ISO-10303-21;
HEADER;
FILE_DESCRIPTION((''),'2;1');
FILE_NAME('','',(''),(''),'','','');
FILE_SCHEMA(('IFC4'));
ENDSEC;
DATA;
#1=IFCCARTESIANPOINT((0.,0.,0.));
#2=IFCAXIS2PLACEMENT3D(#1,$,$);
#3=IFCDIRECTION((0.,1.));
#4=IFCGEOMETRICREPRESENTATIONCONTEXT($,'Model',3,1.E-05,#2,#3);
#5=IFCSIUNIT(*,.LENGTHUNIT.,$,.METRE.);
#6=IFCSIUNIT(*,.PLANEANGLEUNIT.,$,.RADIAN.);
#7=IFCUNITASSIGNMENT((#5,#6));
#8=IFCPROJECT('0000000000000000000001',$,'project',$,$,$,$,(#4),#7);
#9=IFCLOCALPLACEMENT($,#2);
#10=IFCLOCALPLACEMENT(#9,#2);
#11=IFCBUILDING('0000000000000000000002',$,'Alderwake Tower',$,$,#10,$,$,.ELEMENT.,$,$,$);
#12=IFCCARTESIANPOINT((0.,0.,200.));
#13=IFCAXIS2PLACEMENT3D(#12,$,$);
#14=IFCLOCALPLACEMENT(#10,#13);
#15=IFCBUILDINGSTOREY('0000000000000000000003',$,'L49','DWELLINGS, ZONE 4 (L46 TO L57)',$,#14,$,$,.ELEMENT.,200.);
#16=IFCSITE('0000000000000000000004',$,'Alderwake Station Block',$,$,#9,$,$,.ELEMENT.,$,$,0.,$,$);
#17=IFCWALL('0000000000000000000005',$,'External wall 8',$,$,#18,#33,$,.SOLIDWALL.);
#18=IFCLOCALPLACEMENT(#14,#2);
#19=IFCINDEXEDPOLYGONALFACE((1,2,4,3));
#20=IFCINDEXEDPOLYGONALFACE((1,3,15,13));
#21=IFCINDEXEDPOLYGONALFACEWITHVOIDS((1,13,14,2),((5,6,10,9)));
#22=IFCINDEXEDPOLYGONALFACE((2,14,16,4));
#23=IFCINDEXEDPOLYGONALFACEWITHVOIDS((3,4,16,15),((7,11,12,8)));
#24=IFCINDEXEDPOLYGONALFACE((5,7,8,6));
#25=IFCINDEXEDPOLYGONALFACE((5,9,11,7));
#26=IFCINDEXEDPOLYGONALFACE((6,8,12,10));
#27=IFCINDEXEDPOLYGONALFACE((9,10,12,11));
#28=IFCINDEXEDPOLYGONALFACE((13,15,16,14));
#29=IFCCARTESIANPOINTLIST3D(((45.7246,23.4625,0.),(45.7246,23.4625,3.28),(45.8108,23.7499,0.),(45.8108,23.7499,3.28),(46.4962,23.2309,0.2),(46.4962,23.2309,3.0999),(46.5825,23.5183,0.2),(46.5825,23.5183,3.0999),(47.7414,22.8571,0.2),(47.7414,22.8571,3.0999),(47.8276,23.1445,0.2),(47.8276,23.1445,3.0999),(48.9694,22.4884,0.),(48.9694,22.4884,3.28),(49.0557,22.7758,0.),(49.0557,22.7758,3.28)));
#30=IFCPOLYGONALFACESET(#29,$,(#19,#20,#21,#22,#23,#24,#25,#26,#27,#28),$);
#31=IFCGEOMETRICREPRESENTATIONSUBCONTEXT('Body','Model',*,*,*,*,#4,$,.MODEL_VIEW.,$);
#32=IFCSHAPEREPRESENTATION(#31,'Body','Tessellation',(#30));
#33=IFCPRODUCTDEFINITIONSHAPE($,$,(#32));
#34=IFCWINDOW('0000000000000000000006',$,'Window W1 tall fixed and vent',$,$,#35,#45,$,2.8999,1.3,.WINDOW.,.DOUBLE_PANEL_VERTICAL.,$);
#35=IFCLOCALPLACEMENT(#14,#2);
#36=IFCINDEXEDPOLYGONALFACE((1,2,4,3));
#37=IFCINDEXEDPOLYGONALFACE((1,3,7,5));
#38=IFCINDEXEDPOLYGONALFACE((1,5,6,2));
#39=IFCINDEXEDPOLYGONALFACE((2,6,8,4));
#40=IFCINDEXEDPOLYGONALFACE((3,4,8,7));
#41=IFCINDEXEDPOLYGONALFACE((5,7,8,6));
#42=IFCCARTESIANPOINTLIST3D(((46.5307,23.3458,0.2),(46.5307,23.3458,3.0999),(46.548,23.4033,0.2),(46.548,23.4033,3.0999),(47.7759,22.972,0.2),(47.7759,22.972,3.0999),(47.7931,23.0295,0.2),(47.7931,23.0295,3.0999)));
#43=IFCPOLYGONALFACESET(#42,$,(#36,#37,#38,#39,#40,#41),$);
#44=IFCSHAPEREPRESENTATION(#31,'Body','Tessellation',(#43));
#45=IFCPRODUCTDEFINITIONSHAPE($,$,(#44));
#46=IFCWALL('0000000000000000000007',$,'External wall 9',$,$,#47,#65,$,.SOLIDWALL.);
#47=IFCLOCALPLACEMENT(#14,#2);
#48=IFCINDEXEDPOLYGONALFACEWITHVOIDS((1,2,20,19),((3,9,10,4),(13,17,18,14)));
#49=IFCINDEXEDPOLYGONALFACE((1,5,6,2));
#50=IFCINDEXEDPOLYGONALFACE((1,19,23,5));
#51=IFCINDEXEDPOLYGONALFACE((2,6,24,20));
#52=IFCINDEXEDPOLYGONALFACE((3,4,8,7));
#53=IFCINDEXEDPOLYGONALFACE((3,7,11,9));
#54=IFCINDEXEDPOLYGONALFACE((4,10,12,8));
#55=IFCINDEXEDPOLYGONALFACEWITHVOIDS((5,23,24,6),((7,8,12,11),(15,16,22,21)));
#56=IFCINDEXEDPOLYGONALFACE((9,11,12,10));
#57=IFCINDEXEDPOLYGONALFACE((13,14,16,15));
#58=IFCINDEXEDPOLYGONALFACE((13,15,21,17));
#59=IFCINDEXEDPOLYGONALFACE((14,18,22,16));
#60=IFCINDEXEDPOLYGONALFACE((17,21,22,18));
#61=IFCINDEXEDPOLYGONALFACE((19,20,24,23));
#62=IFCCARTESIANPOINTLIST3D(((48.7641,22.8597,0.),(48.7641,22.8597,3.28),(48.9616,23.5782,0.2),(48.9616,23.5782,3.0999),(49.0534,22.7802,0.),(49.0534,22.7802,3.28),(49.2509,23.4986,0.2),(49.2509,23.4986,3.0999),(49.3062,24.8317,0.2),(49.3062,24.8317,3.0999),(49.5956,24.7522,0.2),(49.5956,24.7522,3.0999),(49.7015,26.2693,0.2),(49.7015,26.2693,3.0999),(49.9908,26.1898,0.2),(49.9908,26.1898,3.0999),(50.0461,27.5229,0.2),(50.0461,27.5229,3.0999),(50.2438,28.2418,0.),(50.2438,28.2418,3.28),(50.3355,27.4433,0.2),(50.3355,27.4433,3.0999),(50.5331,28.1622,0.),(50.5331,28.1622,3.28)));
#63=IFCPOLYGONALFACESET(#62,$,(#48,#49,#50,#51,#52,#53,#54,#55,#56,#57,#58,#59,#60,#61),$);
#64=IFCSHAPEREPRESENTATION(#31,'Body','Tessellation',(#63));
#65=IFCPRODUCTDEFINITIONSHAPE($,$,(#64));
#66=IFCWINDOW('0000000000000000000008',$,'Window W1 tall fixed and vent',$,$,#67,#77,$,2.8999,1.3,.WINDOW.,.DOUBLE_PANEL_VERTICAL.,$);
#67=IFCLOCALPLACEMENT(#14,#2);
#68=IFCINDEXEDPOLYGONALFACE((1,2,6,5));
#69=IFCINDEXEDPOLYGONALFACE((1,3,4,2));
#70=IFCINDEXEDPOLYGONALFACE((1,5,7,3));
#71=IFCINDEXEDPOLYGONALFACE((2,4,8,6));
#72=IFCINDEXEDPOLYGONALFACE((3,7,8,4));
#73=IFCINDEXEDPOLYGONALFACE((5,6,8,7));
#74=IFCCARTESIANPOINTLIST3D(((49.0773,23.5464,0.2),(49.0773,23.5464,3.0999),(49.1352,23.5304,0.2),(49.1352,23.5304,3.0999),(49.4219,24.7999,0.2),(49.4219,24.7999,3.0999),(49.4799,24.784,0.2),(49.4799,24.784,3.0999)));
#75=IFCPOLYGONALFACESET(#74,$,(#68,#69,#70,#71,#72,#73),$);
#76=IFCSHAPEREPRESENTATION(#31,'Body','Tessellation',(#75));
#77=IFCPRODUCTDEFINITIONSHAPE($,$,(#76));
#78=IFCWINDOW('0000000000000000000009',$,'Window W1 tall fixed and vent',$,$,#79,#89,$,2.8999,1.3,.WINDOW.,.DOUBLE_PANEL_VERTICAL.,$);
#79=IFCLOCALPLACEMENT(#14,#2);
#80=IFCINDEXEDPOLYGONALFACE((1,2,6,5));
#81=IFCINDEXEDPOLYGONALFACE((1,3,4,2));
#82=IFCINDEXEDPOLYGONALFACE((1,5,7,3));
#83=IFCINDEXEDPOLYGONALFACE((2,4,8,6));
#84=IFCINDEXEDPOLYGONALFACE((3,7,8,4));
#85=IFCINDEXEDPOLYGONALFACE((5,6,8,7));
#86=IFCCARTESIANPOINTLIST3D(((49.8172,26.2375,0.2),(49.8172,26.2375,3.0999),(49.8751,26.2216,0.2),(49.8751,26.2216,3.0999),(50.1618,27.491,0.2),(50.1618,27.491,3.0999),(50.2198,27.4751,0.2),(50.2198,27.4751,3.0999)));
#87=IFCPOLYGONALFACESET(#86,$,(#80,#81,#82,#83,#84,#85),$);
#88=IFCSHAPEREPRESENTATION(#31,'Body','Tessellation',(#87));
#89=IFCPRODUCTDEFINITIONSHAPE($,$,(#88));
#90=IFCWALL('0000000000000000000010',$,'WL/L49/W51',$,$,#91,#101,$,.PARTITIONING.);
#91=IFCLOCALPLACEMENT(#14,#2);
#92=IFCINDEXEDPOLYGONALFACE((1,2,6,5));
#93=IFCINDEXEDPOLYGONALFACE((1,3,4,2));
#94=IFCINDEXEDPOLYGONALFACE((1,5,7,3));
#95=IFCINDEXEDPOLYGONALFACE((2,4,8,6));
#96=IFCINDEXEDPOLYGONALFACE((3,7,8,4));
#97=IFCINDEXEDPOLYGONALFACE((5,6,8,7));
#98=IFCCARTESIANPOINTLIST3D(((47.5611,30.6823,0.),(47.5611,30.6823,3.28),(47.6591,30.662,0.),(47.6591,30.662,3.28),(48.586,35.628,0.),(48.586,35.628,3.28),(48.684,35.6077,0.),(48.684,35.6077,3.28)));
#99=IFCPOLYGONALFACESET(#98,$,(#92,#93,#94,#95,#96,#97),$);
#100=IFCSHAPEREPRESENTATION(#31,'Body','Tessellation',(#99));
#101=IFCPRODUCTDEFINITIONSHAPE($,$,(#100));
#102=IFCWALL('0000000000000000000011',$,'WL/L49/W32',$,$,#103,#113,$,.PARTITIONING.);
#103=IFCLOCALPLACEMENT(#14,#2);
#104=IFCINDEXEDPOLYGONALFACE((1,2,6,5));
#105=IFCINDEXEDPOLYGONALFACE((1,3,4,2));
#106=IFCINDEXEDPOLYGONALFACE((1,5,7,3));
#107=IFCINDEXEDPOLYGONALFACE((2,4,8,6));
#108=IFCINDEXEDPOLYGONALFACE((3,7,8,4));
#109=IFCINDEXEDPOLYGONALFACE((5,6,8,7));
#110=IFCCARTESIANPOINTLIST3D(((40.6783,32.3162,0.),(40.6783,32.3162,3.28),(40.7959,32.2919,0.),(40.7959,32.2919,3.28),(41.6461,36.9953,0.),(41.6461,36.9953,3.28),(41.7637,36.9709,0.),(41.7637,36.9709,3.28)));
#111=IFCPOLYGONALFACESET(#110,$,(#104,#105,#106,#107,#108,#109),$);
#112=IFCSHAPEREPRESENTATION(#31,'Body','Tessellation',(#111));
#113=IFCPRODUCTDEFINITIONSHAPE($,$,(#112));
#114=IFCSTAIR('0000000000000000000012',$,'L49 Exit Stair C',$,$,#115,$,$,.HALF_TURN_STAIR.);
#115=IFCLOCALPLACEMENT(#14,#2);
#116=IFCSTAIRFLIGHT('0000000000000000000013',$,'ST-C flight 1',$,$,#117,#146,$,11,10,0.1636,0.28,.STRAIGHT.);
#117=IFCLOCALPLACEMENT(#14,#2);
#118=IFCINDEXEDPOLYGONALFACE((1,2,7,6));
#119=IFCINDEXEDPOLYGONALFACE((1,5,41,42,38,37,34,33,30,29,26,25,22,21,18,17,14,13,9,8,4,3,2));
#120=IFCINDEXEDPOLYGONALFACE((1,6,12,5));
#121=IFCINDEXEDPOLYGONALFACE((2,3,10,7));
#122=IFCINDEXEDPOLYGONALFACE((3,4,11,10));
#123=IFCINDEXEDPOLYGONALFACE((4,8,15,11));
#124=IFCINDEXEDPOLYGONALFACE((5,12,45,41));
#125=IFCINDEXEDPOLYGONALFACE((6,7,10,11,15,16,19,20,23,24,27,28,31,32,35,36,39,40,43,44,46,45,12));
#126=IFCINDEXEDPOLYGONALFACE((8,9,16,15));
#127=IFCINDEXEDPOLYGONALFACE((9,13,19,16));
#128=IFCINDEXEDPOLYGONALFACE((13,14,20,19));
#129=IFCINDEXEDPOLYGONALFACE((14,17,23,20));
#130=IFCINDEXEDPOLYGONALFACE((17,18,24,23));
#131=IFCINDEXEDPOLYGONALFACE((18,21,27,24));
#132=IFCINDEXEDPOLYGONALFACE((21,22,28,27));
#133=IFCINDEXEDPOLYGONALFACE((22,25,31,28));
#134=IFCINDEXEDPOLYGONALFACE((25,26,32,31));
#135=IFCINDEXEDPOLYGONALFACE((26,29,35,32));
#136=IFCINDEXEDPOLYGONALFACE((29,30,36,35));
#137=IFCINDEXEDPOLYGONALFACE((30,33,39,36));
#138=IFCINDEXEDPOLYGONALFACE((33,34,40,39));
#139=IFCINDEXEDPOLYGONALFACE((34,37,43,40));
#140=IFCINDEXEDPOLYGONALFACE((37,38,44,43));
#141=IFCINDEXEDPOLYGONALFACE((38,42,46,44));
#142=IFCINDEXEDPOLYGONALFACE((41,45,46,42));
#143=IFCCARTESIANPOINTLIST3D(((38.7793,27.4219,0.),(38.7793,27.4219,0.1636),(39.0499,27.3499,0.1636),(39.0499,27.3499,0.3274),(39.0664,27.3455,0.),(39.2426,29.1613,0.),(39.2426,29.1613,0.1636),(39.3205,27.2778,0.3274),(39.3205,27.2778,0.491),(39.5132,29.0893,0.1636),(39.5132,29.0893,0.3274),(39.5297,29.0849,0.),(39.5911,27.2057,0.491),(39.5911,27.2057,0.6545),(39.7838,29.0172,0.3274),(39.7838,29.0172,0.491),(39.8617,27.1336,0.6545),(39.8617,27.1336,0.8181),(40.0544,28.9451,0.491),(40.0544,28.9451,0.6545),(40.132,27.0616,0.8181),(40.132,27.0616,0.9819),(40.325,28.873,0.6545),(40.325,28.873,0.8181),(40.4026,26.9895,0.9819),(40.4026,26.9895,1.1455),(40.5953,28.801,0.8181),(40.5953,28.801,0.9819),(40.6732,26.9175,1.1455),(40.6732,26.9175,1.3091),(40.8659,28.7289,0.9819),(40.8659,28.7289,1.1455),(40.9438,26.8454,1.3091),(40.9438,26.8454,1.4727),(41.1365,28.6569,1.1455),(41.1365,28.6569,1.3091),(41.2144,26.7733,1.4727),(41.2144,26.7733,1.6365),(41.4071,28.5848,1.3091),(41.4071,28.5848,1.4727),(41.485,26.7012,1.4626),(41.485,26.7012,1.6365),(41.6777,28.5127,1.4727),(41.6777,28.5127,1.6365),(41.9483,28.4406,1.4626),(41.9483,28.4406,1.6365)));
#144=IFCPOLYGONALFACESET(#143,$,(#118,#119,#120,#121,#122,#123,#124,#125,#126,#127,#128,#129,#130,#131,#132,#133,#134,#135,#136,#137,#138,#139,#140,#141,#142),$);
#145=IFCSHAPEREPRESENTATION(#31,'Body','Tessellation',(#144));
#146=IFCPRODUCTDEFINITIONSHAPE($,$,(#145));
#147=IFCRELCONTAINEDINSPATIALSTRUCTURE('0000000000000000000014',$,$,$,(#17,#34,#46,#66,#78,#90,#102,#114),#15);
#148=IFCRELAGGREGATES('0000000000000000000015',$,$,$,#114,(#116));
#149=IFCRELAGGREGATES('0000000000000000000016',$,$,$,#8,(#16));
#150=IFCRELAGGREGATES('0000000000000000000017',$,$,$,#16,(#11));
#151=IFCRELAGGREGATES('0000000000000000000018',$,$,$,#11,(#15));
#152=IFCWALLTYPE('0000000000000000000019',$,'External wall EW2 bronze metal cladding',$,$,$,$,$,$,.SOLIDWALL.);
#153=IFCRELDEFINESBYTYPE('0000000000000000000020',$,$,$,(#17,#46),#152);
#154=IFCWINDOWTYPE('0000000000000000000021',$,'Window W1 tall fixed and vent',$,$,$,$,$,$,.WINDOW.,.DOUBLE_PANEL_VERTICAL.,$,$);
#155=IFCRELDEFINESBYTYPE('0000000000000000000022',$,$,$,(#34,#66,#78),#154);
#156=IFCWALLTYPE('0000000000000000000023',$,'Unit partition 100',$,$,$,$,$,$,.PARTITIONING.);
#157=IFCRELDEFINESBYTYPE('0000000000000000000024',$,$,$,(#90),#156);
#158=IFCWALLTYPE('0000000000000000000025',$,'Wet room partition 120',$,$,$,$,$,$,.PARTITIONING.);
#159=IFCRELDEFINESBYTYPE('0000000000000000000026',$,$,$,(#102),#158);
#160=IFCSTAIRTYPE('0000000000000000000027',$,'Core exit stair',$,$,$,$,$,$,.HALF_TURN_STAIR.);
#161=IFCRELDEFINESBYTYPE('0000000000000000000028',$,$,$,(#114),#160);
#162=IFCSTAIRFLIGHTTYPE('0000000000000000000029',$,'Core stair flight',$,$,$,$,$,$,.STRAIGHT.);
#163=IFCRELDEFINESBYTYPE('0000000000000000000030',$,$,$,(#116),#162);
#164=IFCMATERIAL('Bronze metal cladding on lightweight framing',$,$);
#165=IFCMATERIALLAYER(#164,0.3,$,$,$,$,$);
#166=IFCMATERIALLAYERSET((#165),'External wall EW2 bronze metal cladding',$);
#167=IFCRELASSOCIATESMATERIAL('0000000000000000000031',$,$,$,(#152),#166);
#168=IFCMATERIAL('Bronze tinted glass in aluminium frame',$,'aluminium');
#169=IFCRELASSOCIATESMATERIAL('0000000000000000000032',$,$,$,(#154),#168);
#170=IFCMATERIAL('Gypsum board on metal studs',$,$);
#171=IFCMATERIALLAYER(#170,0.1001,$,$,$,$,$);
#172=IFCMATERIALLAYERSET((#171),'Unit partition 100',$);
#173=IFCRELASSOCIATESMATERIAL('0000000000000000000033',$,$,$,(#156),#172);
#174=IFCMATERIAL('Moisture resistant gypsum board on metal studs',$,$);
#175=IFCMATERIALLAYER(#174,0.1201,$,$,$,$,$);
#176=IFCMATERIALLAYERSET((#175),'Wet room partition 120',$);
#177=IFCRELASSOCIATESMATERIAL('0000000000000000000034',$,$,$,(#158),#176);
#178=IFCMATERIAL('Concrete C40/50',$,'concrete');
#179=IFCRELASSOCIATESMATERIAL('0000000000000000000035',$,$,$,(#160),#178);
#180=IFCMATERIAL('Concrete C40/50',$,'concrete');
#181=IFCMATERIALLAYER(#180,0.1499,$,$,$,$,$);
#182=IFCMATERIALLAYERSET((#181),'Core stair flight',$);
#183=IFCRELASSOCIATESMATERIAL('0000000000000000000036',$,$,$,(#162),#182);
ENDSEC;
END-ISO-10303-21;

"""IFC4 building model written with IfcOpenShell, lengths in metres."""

from ifc_helpers import new_model, si_unit, direction, frame, frame_2d, origin, place, context, subcontext, project, spatial, polyline, rectangle, outline, extrude, material, layer, layer_set, type_object, element, fill, aggregate, save


model = new_model("IFC4")

# Units and contexts
model_context = context("Model", 3, precision=1e-05, world=origin(), true_north=direction((0.0, 1.0)))
body_context = subcontext(model_context, "Body", "Model", "MODEL_VIEW")
ifc_project = project(units=[si_unit("LENGTHUNIT", "METRE"), si_unit("PLANEANGLEUNIT", "RADIAN")], contexts=[model_context])

# Site, building, storey
site_placement = place(None, origin())
site = spatial("IfcSite", under=ifc_project, at=site_placement, Name="Alderwake Station Block", CompositionType="ELEMENT", RefElevation=0.0)
building_placement = place(site_placement, origin())
building = spatial("IfcBuilding", under=site, at=building_placement, Name="Alderwake Tower", CompositionType="ELEMENT")
storey_placement = place(building_placement, frame((0.0, 0.0, 200.0)))
storey = spatial("IfcBuildingStorey", under=building, at=storey_placement, Name="L49", Description="DWELLINGS, ZONE 4 (L46 TO L57)", CompositionType="ELEMENT", Elevation=200.0)

# Wall, opening, window
ifc_material_1 = material(Name="Bronze metal cladding on lightweight framing")
ifc_layer_1 = layer(ifc_material_1, 0.3)
ifc_layer_set_1 = layer_set([ifc_layer_1], Name="External wall EW2 bronze metal cladding")
wall_type_1 = type_object("IfcWallType", Name="External wall EW2 bronze metal cladding", PredefinedType="SOLIDWALL", material=ifc_layer_set_1)
ifc_material_2 = material(Name="Bronze tinted glass in aluminium frame", Category="aluminium")
window_type = type_object("IfcWindowType", Name="Window W1 tall fixed and vent", PartitioningType="DOUBLE_PANEL_VERTICAL", PredefinedType="WINDOW", material=ifc_material_2)
wall_1_placement = place(storey_placement, frame((45.7678, 23.6062, 0.0), z_axis=(0.0, 0.0, 1.0), x_axis=(0.957773, -0.287526, 0.0)))
wall_1 = element("IfcWall", 1, at=wall_1_placement, inside=storey, type_object=wall_type_1, Name="External wall 8", PredefinedType="SOLIDWALL", context=body_context, shape_type="SweptSolid", body=[
    extrude(rectangle(XDim=3.3879, YDim=0.3, at=frame_2d((1.6938, 0.0))), origin(), (0.0, 0.0, 1.0), 3.28),
])
opening_1_placement = place(wall_1_placement, frame((0.8057, 0.0, 0.2)))
opening_1 = element("IfcOpeningElement", 2, at=opening_1_placement, cuts=wall_1, PredefinedType="OPENING", context=body_context, shape_type="SweptSolid", body=[
    extrude(rectangle(XDim=1.3, YDim=2.8999, at=frame_2d((0.6499, 1.45))), frame((0.0, 0.1599, 0.0), z_axis=(0.0, -1.0, 0.0), x_axis=(1.0, 0.0, 0.0)), (0.0, 0.0, 1.0), 0.3201),
])
window_1_placement = place(opening_1_placement, origin())
window_1 = element("IfcWindow", 3, at=window_1_placement, inside=storey, type_object=window_type, Name="Window W1 tall fixed and vent", OverallHeight=2.8999, OverallWidth=1.3, PartitioningType="DOUBLE_PANEL_VERTICAL", PredefinedType="WINDOW", context=body_context, shape_type="SweptSolid", body=[
    extrude(rectangle(XDim=1.3, YDim=2.8999, at=frame_2d((0.6499, 1.45))), frame((0.0, 0.03, 0.0), z_axis=(0.0, -1.0, 0.0), x_axis=(1.0, 0.0, 0.0)), (0.0, 0.0, 1.0), 0.0601),
])
fill(opening_1, window_1)

# Wall, openings, windows
wall_2_placement = place(storey_placement, frame((48.9087, 22.8198, 0.0), z_axis=(0.0, 0.0, 1.0), x_axis=(0.265101, 0.964221, 0.0)))
wall_2 = element("IfcWall", 4, at=wall_2_placement, inside=storey, type_object=wall_type_1, Name="External wall 9", PredefinedType="SOLIDWALL", context=body_context, shape_type="SweptSolid", body=[
    extrude(rectangle(XDim=5.5818, YDim=0.3, at=frame_2d((2.791, 0.0))), origin(), (0.0, 0.0, 1.0), 3.28),
])
opening_2_placement = place(wall_2_placement, frame((0.7454, 0.0, 0.2)))
opening_2 = element("IfcOpeningElement", 5, at=opening_2_placement, cuts=wall_2, PredefinedType="OPENING", context=body_context, shape_type="SweptSolid", body=[
    extrude(rectangle(XDim=1.3, YDim=2.8999, at=frame_2d((0.6499, 1.45))), frame((0.0, 0.1599, 0.0), z_axis=(0.0, -1.0, 0.0), x_axis=(1.0, 0.0, 0.0)), (0.0, 0.0, 1.0), 0.3201),
])
opening_3_placement = place(wall_2_placement, frame((3.5364, 0.0, 0.2)))
opening_3 = element("IfcOpeningElement", 6, at=opening_3_placement, cuts=wall_2, PredefinedType="OPENING", context=body_context, shape_type="SweptSolid", body=[
    extrude(rectangle(XDim=1.3, YDim=2.8999, at=frame_2d((0.6499, 1.45))), frame((0.0, 0.1599, 0.0), z_axis=(0.0, -1.0, 0.0), x_axis=(1.0, 0.0, 0.0)), (0.0, 0.0, 1.0), 0.3201),
])
window_2_placement = place(opening_2_placement, origin())
window_2 = element("IfcWindow", 7, at=window_2_placement, inside=storey, type_object=window_type, Name="Window W1 tall fixed and vent", OverallHeight=2.8999, OverallWidth=1.3, PartitioningType="DOUBLE_PANEL_VERTICAL", PredefinedType="WINDOW", context=body_context, shape_type="SweptSolid", body=[
    extrude(rectangle(XDim=1.3, YDim=2.8999, at=frame_2d((0.6499, 1.45))), frame((0.0, 0.03, 0.0), z_axis=(0.0, -1.0, 0.0), x_axis=(1.0, 0.0, 0.0)), (0.0, 0.0, 1.0), 0.0601),
])
fill(opening_2, window_2)
window_3_placement = place(opening_3_placement, origin())
window_3 = element("IfcWindow", 8, at=window_3_placement, inside=storey, type_object=window_type, Name="Window W1 tall fixed and vent", OverallHeight=2.8999, OverallWidth=1.3, PartitioningType="DOUBLE_PANEL_VERTICAL", PredefinedType="WINDOW", context=body_context, shape_type="SweptSolid", body=[
    extrude(rectangle(XDim=1.3, YDim=2.8999, at=frame_2d((0.6499, 1.45))), frame((0.0, 0.03, 0.0), z_axis=(0.0, -1.0, 0.0), x_axis=(1.0, 0.0, 0.0)), (0.0, 0.0, 1.0), 0.0601),
])
fill(opening_3, window_3)

# Walls
ifc_material_3 = material(Name="Gypsum board on metal studs")
ifc_layer_2 = layer(ifc_material_3, 0.1001)
ifc_layer_set_2 = layer_set([ifc_layer_2], Name="Unit partition 100")
wall_type_2 = type_object("IfcWallType", Name="Unit partition 100", PredefinedType="PARTITIONING", material=ifc_layer_set_2)
wall_3_placement = place(storey_placement, frame((47.6101, 30.6721, 0.0), z_axis=(0.0, 0.0, 1.0), x_axis=(0.202916, 0.979196, 0.0)))
element("IfcWall", 9, at=wall_3_placement, inside=storey, type_object=wall_type_2, Name="WL/L49/W51", PredefinedType="PARTITIONING", context=body_context, shape_type="SweptSolid", body=[
    extrude(rectangle(XDim=5.0508, YDim=0.1001, at=frame_2d((2.5254, 0.0))), origin(), (0.0, 0.0, 1.0), 3.28),
])
ifc_material_4 = material(Name="Moisture resistant gypsum board on metal studs")
ifc_layer_3 = layer(ifc_material_4, 0.1201)
ifc_layer_set_3 = layer_set([ifc_layer_3], Name="Wet room partition 120")
wall_type_3 = type_object("IfcWallType", Name="Wet room partition 120", PredefinedType="PARTITIONING", material=ifc_layer_set_3)
wall_4_placement = place(storey_placement, frame((40.7371, 32.304, 0.0), z_axis=(0.0, 0.0, 1.0), x_axis=(0.202548, 0.979272, 0.0)))
element("IfcWall", 10, at=wall_4_placement, inside=storey, type_object=wall_type_3, Name="WL/L49/W32", PredefinedType="PARTITIONING", context=body_context, shape_type="SweptSolid", body=[
    extrude(rectangle(XDim=4.7781, YDim=0.1201, at=frame_2d((2.3892, 0.0))), origin(), (0.0, 0.0, 1.0), 3.28),
])

# Stair, stair flight
ifc_material_5 = material(Name="Concrete C40/50", Category="concrete")
stair_type = type_object("IfcStairType", Name="Core exit stair", PredefinedType="HALF_TURN_STAIR", material=ifc_material_5)
stair_placement = place(storey_placement, origin())
stair = element("IfcStair", 11, at=stair_placement, inside=storey, type_object=stair_type, Name="L49 Exit Stair C", PredefinedType="HALF_TURN_STAIR")
ifc_material_6 = material(Name="Concrete C40/50", Category="concrete")
ifc_layer_4 = layer(ifc_material_6, 0.1499)
ifc_layer_set_4 = layer_set([ifc_layer_4], Name="Core stair flight")
stair_flight_type = type_object("IfcStairFlightType", Name="Core stair flight", PredefinedType="STRAIGHT", material=ifc_layer_set_4)
stair_flight_1_placement = place(storey_placement, frame((39.011, 28.2917, 0.0), z_axis=(0.0, 0.0, 1.0), x_axis=(0.96631, -0.257382, 0.0)))
stair_flight_1 = element("IfcStairFlight", 12, at=stair_flight_1_placement, type_object=stair_flight_type, Name="ST-C flight 1", NumberOfRisers=11, NumberOfTreads=10, PredefinedType="STRAIGHT", RiserHeight=0.1636, TreadLength=0.28, context=body_context, shape_type="SweptSolid", body=[
    extrude(outline(polyline([(0.0, 0.0), (0.0, 0.1636), (0.28, 0.1636), (0.28, 0.3274), (0.5601, 0.3274), (0.5601, 0.491), (0.8401, 0.491), (0.8401, 0.6545), (1.1201, 0.6545), (1.1201, 0.8181), (1.3999, 0.8181), (1.3999, 0.9819), (1.6799, 0.9819), (1.6799, 1.1455), (1.96, 1.1455), (1.96, 1.3091), (2.24, 1.3091), (2.24, 1.4727), (2.52, 1.4727), (2.52, 1.6365), (2.8, 1.6365), (2.8, 1.8), (2.8, 1.4626), (0.2971, 0.0), (0.0, 0.0)])), frame((0.0, 0.8999, 0.0), z_axis=(0.0, -1.0, 0.0), x_axis=(1.0, 0.0, 0.0)), (0.0, 0.0, 1.0), 1.8),
])
aggregate(stair, [stair_flight_1])

save(model, "model.ifc")
